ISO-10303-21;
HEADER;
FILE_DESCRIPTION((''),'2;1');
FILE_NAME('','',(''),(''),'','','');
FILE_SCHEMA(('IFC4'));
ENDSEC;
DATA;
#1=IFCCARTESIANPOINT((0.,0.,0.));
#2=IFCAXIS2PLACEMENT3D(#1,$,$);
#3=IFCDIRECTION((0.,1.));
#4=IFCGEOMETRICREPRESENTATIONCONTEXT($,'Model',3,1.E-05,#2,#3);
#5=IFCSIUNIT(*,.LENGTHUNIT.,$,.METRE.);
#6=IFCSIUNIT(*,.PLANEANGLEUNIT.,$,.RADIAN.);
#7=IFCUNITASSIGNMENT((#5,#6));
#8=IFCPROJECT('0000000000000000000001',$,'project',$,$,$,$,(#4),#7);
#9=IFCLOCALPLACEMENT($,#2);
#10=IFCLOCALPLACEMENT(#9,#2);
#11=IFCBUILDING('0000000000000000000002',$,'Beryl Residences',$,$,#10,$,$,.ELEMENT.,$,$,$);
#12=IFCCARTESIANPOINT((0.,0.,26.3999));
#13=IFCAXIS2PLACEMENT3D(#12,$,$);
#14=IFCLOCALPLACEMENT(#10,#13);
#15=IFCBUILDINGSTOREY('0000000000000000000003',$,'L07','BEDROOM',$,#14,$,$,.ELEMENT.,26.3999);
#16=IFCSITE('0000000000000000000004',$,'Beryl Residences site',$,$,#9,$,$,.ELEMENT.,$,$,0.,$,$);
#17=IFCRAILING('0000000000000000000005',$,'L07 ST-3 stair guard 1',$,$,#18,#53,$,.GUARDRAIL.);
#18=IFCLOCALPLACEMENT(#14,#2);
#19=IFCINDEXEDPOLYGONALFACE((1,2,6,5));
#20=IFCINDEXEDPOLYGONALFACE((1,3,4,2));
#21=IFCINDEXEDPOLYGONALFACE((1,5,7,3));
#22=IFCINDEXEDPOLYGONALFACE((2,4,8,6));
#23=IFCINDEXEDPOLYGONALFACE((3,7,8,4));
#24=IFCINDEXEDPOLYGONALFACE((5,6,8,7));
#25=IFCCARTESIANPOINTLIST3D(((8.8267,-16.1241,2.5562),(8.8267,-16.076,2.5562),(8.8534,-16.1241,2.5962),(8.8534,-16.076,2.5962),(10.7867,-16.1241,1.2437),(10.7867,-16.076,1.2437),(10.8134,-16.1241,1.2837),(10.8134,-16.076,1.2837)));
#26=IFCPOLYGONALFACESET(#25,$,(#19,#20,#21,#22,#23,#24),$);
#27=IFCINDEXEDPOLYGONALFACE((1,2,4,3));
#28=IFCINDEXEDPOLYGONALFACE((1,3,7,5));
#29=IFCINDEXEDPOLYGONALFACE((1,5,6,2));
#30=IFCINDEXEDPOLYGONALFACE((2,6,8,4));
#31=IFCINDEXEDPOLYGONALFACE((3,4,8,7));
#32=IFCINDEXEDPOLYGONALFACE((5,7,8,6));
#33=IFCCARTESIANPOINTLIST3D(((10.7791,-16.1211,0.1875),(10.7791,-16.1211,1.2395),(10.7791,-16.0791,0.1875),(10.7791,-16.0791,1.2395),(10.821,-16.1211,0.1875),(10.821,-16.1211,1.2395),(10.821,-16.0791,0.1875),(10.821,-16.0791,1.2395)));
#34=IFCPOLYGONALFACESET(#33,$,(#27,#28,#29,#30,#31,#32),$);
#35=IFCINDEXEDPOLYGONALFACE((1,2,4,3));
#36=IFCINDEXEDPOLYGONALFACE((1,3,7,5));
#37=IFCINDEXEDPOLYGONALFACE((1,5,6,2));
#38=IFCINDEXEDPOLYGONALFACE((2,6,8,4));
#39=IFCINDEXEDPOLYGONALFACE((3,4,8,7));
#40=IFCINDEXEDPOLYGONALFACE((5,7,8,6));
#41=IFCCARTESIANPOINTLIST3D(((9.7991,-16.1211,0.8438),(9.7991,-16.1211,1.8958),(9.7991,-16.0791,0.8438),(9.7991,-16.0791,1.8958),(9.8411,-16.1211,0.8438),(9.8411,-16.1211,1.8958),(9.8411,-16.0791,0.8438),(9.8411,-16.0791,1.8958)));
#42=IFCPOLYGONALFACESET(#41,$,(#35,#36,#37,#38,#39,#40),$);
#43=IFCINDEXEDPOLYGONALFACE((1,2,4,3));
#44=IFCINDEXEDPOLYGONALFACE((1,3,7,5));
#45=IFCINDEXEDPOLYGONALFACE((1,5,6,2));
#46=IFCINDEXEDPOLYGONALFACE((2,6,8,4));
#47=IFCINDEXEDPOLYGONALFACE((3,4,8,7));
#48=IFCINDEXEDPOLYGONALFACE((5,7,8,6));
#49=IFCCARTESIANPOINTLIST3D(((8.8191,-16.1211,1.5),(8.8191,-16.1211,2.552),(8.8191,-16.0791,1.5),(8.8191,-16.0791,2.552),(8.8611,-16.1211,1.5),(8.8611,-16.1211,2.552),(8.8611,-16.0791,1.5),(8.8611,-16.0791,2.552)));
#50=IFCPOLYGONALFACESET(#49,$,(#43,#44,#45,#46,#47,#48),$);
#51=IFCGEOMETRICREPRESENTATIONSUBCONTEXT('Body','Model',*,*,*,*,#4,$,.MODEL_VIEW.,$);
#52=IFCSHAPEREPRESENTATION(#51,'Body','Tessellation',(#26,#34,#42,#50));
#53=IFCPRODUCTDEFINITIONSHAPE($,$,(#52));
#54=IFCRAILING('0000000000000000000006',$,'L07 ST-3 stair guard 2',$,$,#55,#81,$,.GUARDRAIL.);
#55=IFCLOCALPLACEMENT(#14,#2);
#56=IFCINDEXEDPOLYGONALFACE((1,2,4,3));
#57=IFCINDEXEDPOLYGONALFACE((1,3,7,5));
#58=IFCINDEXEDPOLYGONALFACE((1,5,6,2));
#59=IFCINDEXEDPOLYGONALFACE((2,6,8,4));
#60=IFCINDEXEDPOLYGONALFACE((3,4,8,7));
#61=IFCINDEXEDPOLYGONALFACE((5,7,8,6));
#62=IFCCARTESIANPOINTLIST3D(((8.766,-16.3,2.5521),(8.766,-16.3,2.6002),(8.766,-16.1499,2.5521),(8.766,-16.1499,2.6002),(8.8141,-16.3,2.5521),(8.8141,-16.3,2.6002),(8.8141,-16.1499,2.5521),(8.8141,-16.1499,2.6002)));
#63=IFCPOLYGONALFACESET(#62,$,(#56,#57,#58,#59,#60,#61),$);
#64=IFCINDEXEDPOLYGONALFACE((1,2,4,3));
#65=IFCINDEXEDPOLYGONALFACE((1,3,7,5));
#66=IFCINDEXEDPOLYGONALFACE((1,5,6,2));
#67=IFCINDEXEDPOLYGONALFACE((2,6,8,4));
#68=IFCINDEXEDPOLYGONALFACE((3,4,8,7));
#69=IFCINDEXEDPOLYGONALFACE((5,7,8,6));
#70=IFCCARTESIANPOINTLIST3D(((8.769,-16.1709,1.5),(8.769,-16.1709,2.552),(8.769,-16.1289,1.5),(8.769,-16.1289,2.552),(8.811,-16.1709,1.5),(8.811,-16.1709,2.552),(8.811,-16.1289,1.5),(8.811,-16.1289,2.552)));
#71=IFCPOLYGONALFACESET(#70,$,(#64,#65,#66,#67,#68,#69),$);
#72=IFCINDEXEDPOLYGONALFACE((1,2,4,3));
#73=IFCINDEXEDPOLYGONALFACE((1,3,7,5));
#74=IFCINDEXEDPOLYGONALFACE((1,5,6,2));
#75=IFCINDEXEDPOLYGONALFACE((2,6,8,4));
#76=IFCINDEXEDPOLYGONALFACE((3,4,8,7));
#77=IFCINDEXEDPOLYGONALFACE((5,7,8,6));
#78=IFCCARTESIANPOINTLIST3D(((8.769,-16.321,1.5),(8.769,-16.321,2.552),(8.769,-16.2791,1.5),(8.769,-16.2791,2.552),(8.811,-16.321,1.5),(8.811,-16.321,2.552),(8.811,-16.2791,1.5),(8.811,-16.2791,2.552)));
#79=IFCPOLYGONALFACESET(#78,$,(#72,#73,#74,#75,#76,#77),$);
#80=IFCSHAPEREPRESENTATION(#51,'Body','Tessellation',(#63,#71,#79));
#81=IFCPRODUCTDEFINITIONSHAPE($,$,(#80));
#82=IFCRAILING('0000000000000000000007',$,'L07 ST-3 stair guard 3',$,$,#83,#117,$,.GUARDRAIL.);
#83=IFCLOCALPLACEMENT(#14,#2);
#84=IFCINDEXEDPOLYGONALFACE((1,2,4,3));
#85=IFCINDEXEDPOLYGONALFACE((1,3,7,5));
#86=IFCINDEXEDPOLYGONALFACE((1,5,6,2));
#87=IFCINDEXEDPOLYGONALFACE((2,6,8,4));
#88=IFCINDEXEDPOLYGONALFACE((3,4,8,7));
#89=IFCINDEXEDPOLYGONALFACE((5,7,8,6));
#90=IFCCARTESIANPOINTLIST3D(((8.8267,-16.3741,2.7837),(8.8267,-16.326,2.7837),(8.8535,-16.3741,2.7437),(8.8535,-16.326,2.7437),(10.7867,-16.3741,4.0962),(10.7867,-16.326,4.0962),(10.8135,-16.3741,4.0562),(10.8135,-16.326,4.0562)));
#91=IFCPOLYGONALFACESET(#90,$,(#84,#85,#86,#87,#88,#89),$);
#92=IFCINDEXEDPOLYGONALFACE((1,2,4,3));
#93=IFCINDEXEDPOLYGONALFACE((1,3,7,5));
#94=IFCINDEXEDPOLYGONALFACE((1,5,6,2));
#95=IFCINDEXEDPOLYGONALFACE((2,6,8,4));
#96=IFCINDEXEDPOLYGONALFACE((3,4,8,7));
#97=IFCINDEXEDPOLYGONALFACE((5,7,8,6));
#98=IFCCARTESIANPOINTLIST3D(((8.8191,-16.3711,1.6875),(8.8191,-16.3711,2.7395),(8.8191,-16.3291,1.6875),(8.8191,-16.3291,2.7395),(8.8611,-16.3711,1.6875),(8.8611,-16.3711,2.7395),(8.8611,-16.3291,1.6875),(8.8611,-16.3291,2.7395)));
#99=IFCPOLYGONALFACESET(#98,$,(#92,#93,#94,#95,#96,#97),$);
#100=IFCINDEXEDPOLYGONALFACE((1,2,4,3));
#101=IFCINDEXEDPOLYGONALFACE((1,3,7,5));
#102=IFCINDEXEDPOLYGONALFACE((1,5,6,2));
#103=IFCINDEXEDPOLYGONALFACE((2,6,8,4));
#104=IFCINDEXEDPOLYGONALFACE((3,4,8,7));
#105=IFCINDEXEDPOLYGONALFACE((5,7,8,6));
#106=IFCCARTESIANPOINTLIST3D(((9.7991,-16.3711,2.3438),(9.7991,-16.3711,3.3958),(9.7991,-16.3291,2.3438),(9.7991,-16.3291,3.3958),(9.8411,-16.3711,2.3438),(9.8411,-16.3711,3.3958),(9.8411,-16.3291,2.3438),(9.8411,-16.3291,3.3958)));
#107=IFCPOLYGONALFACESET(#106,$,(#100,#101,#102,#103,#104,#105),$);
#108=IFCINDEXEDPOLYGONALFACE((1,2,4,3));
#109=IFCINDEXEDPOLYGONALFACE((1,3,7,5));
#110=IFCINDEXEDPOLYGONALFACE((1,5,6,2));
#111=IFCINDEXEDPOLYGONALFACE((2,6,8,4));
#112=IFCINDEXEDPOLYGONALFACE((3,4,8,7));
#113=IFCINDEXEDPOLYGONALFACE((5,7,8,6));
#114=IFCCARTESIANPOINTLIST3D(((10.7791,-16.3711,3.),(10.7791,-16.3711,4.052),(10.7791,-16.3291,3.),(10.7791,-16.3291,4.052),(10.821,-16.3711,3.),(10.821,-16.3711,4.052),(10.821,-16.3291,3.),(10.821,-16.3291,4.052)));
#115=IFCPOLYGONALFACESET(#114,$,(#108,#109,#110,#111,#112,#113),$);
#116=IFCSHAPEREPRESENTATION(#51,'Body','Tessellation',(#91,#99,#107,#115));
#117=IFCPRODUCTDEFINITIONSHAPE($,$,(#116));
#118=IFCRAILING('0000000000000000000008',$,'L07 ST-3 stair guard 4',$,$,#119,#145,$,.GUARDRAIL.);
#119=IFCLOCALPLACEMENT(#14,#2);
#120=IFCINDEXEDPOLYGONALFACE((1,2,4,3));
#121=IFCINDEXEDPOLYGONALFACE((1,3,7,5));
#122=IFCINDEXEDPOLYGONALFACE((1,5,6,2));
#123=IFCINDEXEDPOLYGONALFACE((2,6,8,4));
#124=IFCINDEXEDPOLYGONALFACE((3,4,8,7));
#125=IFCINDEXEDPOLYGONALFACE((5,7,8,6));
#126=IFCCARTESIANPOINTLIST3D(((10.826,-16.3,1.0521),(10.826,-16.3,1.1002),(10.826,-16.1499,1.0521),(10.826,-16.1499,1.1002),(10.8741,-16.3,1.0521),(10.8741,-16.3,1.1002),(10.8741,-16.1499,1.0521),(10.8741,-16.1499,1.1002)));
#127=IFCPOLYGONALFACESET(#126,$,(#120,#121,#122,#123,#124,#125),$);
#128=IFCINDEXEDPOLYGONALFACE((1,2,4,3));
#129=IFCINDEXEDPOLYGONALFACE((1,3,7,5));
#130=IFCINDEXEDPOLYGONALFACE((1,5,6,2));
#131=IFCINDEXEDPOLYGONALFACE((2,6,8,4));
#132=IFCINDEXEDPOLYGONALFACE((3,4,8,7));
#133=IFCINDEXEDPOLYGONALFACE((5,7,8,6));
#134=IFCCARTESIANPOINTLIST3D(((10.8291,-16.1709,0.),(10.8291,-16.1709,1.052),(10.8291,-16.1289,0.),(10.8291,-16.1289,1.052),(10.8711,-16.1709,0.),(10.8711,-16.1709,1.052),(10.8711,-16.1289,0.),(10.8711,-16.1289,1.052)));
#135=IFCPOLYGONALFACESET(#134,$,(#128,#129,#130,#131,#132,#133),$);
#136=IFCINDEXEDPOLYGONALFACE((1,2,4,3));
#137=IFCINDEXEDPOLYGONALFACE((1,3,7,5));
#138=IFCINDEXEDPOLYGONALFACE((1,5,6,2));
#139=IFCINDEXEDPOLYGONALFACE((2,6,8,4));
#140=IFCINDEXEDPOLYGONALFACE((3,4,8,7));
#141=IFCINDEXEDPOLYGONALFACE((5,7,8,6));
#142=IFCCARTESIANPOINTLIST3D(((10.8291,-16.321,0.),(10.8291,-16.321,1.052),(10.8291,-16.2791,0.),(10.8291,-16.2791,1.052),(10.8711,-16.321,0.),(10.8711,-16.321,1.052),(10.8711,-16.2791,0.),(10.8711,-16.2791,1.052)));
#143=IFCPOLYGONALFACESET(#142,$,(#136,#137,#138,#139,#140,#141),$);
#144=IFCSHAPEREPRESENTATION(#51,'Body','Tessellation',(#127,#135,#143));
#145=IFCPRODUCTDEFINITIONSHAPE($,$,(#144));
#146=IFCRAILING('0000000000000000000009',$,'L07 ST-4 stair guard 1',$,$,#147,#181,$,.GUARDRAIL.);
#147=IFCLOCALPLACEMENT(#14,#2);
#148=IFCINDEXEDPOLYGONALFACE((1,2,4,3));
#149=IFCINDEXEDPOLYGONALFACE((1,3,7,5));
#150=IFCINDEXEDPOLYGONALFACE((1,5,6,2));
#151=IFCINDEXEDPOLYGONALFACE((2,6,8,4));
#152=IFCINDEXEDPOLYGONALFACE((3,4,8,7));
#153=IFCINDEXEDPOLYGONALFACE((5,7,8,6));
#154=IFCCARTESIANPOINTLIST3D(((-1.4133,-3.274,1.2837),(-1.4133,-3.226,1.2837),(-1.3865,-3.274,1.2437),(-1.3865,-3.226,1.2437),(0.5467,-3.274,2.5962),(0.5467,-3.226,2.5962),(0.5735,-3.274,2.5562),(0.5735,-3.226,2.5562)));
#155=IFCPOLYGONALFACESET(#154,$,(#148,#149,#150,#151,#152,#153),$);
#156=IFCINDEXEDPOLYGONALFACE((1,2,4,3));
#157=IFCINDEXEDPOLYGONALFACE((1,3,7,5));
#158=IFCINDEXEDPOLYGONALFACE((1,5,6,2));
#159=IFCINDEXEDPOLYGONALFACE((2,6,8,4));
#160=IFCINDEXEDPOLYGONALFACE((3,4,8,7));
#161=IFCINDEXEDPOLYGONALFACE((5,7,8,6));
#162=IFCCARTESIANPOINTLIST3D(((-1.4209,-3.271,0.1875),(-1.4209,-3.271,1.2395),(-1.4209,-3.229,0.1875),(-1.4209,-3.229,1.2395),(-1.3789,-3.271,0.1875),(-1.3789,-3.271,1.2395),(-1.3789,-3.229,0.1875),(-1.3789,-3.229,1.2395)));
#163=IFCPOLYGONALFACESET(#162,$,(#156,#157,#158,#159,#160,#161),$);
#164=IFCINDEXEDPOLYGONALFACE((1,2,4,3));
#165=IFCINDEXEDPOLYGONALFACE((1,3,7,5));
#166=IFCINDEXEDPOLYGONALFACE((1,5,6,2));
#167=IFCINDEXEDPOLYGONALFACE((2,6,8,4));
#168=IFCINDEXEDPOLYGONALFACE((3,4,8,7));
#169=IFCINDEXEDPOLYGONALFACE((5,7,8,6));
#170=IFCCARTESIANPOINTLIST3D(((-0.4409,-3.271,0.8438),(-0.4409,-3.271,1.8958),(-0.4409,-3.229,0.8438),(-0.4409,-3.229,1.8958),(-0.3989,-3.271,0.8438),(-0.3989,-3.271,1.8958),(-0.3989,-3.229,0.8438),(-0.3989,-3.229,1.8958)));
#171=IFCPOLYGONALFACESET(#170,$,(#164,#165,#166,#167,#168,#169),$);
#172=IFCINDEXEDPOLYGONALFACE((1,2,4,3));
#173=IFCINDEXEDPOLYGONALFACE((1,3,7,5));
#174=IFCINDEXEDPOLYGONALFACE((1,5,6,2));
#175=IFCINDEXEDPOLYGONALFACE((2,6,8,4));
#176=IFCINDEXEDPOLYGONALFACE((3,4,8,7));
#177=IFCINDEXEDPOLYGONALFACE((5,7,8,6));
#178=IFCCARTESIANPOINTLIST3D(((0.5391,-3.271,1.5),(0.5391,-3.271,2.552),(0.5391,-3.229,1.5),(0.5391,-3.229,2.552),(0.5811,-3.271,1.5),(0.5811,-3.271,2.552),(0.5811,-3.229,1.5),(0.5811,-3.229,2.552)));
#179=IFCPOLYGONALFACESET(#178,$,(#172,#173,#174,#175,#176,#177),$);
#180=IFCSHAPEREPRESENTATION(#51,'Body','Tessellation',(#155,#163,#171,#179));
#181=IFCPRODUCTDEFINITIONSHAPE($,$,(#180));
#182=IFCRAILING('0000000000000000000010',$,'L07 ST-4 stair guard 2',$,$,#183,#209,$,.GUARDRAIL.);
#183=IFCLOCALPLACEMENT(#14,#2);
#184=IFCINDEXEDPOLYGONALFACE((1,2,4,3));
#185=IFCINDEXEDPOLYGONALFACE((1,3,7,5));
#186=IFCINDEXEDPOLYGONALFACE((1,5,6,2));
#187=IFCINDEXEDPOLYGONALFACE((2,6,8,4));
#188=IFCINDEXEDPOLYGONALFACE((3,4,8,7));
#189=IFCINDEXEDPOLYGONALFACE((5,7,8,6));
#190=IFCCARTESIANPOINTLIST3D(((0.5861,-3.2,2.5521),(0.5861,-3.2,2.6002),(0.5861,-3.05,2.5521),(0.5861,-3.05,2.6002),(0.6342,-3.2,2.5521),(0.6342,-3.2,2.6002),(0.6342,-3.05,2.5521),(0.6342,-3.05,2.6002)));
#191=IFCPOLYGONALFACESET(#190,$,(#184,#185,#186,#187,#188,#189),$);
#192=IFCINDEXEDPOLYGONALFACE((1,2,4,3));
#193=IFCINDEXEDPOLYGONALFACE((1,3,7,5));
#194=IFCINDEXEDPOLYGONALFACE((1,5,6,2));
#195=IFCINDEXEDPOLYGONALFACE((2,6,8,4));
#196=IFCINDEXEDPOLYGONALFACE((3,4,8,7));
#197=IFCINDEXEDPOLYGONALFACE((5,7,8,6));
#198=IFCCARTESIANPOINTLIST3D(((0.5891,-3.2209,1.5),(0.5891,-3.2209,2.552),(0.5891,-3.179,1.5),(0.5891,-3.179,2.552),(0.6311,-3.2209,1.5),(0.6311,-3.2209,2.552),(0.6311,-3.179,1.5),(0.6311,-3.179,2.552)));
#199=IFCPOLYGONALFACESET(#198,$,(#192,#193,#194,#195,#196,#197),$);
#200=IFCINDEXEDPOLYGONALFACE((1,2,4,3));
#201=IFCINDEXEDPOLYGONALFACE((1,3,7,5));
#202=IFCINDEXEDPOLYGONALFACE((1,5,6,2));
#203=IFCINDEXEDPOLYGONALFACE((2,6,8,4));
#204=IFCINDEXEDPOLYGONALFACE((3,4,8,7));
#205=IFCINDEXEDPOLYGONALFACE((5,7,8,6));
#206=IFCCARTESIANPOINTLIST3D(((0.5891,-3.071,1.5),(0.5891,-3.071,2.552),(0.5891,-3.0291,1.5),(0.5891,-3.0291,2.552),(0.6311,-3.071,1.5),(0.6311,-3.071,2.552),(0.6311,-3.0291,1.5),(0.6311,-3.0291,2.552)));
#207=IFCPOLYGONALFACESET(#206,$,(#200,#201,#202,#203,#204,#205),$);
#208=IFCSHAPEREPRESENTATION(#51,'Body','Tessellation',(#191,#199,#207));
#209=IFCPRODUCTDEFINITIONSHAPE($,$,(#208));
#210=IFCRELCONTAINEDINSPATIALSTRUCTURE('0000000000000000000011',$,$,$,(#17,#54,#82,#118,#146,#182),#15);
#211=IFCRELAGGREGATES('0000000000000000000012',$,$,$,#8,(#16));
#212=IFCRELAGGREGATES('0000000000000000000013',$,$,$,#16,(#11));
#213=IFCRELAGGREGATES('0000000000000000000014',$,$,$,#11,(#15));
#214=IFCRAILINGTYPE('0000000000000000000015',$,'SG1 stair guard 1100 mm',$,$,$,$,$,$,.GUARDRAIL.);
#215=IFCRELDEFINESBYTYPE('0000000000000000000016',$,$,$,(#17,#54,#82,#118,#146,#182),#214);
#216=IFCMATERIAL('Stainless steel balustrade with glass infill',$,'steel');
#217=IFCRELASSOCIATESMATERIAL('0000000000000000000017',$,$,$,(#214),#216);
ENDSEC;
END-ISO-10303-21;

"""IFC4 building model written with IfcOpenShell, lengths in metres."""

from ifc_helpers import new_model, si_unit, direction, frame, origin, origin_2d, place, context, subcontext, project, spatial, rectangle, extrude, material, type_object, element, save


model = new_model("IFC4")

# Units and contexts
model_context = context("Model", 3, precision=1e-05, world=origin(), true_north=direction((0.0, 1.0)))
body_context = subcontext(model_context, "Body", "Model", "MODEL_VIEW")
ifc_project = project(units=[si_unit("LENGTHUNIT", "METRE"), si_unit("PLANEANGLEUNIT", "RADIAN")], contexts=[model_context])

# Site, building, storey
site_placement = place(None, origin())
site = spatial("IfcSite", under=ifc_project, at=site_placement, Name="Beryl Residences site", CompositionType="ELEMENT", RefElevation=0.0)
building_placement = place(site_placement, origin())
building = spatial("IfcBuilding", under=site, at=building_placement, Name="Beryl Residences", CompositionType="ELEMENT")
storey_placement = place(building_placement, frame((0.0, 0.0, 26.3999)))
storey = spatial("IfcBuildingStorey", under=building, at=storey_placement, Name="L07", Description="BEDROOM", CompositionType="ELEMENT", Elevation=26.3999)

# Railings
ifc_material_1 = material(Name="Stainless steel balustrade with glass infill", Category="steel")
railing_type_1 = type_object("IfcRailingType", Name="SG1 stair guard 1100 mm", PredefinedType="GUARDRAIL", material=ifc_material_1)
railing_1_placement = place(storey_placement, frame((10.8, -16.1001, 0.1875)))
element("IfcRailing", 1, at=railing_1_placement, inside=storey, type_object=railing_type_1, Name="L07 ST-3 stair guard 1", PredefinedType="GUARDRAIL", context=body_context, shape_type="SweptSolid", body=[
    extrude(rectangle(XDim=0.0481, YDim=0.0481, at=origin_2d()), frame((0.0, 0.0, 1.0762), z_axis=(-0.830902, 0.0, 0.556419), x_axis=(0.0, -1.0, 0.0)), (0.0, 0.0, 1.0), 2.3589),
    extrude(rectangle(XDim=0.042, YDim=0.042, at=origin_2d()), origin(), (0.0, 0.0, 1.0), 1.052),
    extrude(rectangle(XDim=0.042, YDim=0.042, at=origin_2d()), frame((-0.98, 0.0, 0.6562)), (0.0, 0.0, 1.0), 1.052),
    extrude(rectangle(XDim=0.042, YDim=0.042, at=origin_2d()), frame((-1.96, 0.0, 1.3125)), (0.0, 0.0, 1.0), 1.052),
])
railing_2_placement = place(storey_placement, frame((8.79, -16.1499, 1.5)))
element("IfcRailing", 2, at=railing_2_placement, inside=storey, type_object=railing_type_1, Name="L07 ST-3 stair guard 2", PredefinedType="GUARDRAIL", context=body_context, shape_type="SweptSolid", body=[
    extrude(rectangle(XDim=0.0481, YDim=0.0481, at=origin_2d()), frame((0.0, 0.0, 1.0762), z_axis=(0.0, -1.0, 0.0), x_axis=(1.0, 0.0, 0.0)), (0.0, 0.0, 1.0), 0.1501),
    extrude(rectangle(XDim=0.042, YDim=0.042, at=origin_2d()), origin(), (0.0, 0.0, 1.0), 1.052),
    extrude(rectangle(XDim=0.042, YDim=0.042, at=origin_2d()), frame((0.0, -0.1501, 0.0)), (0.0, 0.0, 1.0), 1.052),
])
railing_3_placement = place(storey_placement, frame((8.8401, -16.3501, 1.6875)))
element("IfcRailing", 3, at=railing_3_placement, inside=storey, type_object=railing_type_1, Name="L07 ST-3 stair guard 3", PredefinedType="GUARDRAIL", context=body_context, shape_type="SweptSolid", body=[
    extrude(rectangle(XDim=0.0481, YDim=0.0481, at=origin_2d()), frame((0.0, 0.0, 1.0762), z_axis=(0.830902, 0.0, 0.556419), x_axis=(0.0, 1.0, 0.0)), (0.0, 0.0, 1.0), 2.3589),
    extrude(rectangle(XDim=0.042, YDim=0.042, at=origin_2d()), origin(), (0.0, 0.0, 1.0), 1.052),
    extrude(rectangle(XDim=0.042, YDim=0.042, at=origin_2d()), frame((0.98, 0.0, 0.6562)), (0.0, 0.0, 1.0), 1.052),
    extrude(rectangle(XDim=0.042, YDim=0.042, at=origin_2d()), frame((1.96, 0.0, 1.3125)), (0.0, 0.0, 1.0), 1.052),
])
railing_4_placement = place(storey_placement, frame((10.8501, -16.1499, 0.0)))
element("IfcRailing", 4, at=railing_4_placement, inside=storey, type_object=railing_type_1, Name="L07 ST-3 stair guard 4", PredefinedType="GUARDRAIL", context=body_context, shape_type="SweptSolid", body=[
    extrude(rectangle(XDim=0.0481, YDim=0.0481, at=origin_2d()), frame((0.0, 0.0, 1.0762), z_axis=(0.0, -1.0, 0.0), x_axis=(1.0, 0.0, 0.0)), (0.0, 0.0, 1.0), 0.1501),
    extrude(rectangle(XDim=0.042, YDim=0.042, at=origin_2d()), origin(), (0.0, 0.0, 1.0), 1.052),
    extrude(rectangle(XDim=0.042, YDim=0.042, at=origin_2d()), frame((0.0, -0.1501, 0.0)), (0.0, 0.0, 1.0), 1.052),
])
railing_5_placement = place(storey_placement, frame((-1.3999, -3.25, 0.1875)))
element("IfcRailing", 5, at=railing_5_placement, inside=storey, type_object=railing_type_1, Name="L07 ST-4 stair guard 1", PredefinedType="GUARDRAIL", context=body_context, shape_type="SweptSolid", body=[
    extrude(rectangle(XDim=0.0481, YDim=0.0481, at=origin_2d()), frame((0.0, 0.0, 1.0762), z_axis=(0.830902, 0.0, 0.556419), x_axis=(0.0, 1.0, 0.0)), (0.0, 0.0, 1.0), 2.3589),
    extrude(rectangle(XDim=0.042, YDim=0.042, at=origin_2d()), origin(), (0.0, 0.0, 1.0), 1.052),
    extrude(rectangle(XDim=0.042, YDim=0.042, at=origin_2d()), frame((0.98, 0.0, 0.6562)), (0.0, 0.0, 1.0), 1.052),
    extrude(rectangle(XDim=0.042, YDim=0.042, at=origin_2d()), frame((1.96, 0.0, 1.3125)), (0.0, 0.0, 1.0), 1.052),
])
for number, where, name in (
    (6, (0.6101, -3.2, 1.5), "L07 ST-4 stair guard 2"),
):
    element("IfcRailing", number, at=place(storey_placement, frame(where)), inside=storey, type_object=railing_type_1, Name=name, PredefinedType="GUARDRAIL", context=body_context, shape_type="SweptSolid", body=[
        extrude(rectangle(XDim=0.0481, YDim=0.0481, at=origin_2d()), frame((0.0, 0.0, 1.0762), z_axis=(0.0, 1.0, 0.0), x_axis=(-1.0, 0.0, 0.0)), (0.0, 0.0, 1.0), 0.1499),
        extrude(rectangle(XDim=0.042, YDim=0.042, at=origin_2d()), origin(), (0.0, 0.0, 1.0), 1.052),
        extrude(rectangle(XDim=0.042, YDim=0.042, at=origin_2d()), frame((0.0, 0.1499, 0.0)), (0.0, 0.0, 1.0), 1.052),
    ])

save(model, "model.ifc")
